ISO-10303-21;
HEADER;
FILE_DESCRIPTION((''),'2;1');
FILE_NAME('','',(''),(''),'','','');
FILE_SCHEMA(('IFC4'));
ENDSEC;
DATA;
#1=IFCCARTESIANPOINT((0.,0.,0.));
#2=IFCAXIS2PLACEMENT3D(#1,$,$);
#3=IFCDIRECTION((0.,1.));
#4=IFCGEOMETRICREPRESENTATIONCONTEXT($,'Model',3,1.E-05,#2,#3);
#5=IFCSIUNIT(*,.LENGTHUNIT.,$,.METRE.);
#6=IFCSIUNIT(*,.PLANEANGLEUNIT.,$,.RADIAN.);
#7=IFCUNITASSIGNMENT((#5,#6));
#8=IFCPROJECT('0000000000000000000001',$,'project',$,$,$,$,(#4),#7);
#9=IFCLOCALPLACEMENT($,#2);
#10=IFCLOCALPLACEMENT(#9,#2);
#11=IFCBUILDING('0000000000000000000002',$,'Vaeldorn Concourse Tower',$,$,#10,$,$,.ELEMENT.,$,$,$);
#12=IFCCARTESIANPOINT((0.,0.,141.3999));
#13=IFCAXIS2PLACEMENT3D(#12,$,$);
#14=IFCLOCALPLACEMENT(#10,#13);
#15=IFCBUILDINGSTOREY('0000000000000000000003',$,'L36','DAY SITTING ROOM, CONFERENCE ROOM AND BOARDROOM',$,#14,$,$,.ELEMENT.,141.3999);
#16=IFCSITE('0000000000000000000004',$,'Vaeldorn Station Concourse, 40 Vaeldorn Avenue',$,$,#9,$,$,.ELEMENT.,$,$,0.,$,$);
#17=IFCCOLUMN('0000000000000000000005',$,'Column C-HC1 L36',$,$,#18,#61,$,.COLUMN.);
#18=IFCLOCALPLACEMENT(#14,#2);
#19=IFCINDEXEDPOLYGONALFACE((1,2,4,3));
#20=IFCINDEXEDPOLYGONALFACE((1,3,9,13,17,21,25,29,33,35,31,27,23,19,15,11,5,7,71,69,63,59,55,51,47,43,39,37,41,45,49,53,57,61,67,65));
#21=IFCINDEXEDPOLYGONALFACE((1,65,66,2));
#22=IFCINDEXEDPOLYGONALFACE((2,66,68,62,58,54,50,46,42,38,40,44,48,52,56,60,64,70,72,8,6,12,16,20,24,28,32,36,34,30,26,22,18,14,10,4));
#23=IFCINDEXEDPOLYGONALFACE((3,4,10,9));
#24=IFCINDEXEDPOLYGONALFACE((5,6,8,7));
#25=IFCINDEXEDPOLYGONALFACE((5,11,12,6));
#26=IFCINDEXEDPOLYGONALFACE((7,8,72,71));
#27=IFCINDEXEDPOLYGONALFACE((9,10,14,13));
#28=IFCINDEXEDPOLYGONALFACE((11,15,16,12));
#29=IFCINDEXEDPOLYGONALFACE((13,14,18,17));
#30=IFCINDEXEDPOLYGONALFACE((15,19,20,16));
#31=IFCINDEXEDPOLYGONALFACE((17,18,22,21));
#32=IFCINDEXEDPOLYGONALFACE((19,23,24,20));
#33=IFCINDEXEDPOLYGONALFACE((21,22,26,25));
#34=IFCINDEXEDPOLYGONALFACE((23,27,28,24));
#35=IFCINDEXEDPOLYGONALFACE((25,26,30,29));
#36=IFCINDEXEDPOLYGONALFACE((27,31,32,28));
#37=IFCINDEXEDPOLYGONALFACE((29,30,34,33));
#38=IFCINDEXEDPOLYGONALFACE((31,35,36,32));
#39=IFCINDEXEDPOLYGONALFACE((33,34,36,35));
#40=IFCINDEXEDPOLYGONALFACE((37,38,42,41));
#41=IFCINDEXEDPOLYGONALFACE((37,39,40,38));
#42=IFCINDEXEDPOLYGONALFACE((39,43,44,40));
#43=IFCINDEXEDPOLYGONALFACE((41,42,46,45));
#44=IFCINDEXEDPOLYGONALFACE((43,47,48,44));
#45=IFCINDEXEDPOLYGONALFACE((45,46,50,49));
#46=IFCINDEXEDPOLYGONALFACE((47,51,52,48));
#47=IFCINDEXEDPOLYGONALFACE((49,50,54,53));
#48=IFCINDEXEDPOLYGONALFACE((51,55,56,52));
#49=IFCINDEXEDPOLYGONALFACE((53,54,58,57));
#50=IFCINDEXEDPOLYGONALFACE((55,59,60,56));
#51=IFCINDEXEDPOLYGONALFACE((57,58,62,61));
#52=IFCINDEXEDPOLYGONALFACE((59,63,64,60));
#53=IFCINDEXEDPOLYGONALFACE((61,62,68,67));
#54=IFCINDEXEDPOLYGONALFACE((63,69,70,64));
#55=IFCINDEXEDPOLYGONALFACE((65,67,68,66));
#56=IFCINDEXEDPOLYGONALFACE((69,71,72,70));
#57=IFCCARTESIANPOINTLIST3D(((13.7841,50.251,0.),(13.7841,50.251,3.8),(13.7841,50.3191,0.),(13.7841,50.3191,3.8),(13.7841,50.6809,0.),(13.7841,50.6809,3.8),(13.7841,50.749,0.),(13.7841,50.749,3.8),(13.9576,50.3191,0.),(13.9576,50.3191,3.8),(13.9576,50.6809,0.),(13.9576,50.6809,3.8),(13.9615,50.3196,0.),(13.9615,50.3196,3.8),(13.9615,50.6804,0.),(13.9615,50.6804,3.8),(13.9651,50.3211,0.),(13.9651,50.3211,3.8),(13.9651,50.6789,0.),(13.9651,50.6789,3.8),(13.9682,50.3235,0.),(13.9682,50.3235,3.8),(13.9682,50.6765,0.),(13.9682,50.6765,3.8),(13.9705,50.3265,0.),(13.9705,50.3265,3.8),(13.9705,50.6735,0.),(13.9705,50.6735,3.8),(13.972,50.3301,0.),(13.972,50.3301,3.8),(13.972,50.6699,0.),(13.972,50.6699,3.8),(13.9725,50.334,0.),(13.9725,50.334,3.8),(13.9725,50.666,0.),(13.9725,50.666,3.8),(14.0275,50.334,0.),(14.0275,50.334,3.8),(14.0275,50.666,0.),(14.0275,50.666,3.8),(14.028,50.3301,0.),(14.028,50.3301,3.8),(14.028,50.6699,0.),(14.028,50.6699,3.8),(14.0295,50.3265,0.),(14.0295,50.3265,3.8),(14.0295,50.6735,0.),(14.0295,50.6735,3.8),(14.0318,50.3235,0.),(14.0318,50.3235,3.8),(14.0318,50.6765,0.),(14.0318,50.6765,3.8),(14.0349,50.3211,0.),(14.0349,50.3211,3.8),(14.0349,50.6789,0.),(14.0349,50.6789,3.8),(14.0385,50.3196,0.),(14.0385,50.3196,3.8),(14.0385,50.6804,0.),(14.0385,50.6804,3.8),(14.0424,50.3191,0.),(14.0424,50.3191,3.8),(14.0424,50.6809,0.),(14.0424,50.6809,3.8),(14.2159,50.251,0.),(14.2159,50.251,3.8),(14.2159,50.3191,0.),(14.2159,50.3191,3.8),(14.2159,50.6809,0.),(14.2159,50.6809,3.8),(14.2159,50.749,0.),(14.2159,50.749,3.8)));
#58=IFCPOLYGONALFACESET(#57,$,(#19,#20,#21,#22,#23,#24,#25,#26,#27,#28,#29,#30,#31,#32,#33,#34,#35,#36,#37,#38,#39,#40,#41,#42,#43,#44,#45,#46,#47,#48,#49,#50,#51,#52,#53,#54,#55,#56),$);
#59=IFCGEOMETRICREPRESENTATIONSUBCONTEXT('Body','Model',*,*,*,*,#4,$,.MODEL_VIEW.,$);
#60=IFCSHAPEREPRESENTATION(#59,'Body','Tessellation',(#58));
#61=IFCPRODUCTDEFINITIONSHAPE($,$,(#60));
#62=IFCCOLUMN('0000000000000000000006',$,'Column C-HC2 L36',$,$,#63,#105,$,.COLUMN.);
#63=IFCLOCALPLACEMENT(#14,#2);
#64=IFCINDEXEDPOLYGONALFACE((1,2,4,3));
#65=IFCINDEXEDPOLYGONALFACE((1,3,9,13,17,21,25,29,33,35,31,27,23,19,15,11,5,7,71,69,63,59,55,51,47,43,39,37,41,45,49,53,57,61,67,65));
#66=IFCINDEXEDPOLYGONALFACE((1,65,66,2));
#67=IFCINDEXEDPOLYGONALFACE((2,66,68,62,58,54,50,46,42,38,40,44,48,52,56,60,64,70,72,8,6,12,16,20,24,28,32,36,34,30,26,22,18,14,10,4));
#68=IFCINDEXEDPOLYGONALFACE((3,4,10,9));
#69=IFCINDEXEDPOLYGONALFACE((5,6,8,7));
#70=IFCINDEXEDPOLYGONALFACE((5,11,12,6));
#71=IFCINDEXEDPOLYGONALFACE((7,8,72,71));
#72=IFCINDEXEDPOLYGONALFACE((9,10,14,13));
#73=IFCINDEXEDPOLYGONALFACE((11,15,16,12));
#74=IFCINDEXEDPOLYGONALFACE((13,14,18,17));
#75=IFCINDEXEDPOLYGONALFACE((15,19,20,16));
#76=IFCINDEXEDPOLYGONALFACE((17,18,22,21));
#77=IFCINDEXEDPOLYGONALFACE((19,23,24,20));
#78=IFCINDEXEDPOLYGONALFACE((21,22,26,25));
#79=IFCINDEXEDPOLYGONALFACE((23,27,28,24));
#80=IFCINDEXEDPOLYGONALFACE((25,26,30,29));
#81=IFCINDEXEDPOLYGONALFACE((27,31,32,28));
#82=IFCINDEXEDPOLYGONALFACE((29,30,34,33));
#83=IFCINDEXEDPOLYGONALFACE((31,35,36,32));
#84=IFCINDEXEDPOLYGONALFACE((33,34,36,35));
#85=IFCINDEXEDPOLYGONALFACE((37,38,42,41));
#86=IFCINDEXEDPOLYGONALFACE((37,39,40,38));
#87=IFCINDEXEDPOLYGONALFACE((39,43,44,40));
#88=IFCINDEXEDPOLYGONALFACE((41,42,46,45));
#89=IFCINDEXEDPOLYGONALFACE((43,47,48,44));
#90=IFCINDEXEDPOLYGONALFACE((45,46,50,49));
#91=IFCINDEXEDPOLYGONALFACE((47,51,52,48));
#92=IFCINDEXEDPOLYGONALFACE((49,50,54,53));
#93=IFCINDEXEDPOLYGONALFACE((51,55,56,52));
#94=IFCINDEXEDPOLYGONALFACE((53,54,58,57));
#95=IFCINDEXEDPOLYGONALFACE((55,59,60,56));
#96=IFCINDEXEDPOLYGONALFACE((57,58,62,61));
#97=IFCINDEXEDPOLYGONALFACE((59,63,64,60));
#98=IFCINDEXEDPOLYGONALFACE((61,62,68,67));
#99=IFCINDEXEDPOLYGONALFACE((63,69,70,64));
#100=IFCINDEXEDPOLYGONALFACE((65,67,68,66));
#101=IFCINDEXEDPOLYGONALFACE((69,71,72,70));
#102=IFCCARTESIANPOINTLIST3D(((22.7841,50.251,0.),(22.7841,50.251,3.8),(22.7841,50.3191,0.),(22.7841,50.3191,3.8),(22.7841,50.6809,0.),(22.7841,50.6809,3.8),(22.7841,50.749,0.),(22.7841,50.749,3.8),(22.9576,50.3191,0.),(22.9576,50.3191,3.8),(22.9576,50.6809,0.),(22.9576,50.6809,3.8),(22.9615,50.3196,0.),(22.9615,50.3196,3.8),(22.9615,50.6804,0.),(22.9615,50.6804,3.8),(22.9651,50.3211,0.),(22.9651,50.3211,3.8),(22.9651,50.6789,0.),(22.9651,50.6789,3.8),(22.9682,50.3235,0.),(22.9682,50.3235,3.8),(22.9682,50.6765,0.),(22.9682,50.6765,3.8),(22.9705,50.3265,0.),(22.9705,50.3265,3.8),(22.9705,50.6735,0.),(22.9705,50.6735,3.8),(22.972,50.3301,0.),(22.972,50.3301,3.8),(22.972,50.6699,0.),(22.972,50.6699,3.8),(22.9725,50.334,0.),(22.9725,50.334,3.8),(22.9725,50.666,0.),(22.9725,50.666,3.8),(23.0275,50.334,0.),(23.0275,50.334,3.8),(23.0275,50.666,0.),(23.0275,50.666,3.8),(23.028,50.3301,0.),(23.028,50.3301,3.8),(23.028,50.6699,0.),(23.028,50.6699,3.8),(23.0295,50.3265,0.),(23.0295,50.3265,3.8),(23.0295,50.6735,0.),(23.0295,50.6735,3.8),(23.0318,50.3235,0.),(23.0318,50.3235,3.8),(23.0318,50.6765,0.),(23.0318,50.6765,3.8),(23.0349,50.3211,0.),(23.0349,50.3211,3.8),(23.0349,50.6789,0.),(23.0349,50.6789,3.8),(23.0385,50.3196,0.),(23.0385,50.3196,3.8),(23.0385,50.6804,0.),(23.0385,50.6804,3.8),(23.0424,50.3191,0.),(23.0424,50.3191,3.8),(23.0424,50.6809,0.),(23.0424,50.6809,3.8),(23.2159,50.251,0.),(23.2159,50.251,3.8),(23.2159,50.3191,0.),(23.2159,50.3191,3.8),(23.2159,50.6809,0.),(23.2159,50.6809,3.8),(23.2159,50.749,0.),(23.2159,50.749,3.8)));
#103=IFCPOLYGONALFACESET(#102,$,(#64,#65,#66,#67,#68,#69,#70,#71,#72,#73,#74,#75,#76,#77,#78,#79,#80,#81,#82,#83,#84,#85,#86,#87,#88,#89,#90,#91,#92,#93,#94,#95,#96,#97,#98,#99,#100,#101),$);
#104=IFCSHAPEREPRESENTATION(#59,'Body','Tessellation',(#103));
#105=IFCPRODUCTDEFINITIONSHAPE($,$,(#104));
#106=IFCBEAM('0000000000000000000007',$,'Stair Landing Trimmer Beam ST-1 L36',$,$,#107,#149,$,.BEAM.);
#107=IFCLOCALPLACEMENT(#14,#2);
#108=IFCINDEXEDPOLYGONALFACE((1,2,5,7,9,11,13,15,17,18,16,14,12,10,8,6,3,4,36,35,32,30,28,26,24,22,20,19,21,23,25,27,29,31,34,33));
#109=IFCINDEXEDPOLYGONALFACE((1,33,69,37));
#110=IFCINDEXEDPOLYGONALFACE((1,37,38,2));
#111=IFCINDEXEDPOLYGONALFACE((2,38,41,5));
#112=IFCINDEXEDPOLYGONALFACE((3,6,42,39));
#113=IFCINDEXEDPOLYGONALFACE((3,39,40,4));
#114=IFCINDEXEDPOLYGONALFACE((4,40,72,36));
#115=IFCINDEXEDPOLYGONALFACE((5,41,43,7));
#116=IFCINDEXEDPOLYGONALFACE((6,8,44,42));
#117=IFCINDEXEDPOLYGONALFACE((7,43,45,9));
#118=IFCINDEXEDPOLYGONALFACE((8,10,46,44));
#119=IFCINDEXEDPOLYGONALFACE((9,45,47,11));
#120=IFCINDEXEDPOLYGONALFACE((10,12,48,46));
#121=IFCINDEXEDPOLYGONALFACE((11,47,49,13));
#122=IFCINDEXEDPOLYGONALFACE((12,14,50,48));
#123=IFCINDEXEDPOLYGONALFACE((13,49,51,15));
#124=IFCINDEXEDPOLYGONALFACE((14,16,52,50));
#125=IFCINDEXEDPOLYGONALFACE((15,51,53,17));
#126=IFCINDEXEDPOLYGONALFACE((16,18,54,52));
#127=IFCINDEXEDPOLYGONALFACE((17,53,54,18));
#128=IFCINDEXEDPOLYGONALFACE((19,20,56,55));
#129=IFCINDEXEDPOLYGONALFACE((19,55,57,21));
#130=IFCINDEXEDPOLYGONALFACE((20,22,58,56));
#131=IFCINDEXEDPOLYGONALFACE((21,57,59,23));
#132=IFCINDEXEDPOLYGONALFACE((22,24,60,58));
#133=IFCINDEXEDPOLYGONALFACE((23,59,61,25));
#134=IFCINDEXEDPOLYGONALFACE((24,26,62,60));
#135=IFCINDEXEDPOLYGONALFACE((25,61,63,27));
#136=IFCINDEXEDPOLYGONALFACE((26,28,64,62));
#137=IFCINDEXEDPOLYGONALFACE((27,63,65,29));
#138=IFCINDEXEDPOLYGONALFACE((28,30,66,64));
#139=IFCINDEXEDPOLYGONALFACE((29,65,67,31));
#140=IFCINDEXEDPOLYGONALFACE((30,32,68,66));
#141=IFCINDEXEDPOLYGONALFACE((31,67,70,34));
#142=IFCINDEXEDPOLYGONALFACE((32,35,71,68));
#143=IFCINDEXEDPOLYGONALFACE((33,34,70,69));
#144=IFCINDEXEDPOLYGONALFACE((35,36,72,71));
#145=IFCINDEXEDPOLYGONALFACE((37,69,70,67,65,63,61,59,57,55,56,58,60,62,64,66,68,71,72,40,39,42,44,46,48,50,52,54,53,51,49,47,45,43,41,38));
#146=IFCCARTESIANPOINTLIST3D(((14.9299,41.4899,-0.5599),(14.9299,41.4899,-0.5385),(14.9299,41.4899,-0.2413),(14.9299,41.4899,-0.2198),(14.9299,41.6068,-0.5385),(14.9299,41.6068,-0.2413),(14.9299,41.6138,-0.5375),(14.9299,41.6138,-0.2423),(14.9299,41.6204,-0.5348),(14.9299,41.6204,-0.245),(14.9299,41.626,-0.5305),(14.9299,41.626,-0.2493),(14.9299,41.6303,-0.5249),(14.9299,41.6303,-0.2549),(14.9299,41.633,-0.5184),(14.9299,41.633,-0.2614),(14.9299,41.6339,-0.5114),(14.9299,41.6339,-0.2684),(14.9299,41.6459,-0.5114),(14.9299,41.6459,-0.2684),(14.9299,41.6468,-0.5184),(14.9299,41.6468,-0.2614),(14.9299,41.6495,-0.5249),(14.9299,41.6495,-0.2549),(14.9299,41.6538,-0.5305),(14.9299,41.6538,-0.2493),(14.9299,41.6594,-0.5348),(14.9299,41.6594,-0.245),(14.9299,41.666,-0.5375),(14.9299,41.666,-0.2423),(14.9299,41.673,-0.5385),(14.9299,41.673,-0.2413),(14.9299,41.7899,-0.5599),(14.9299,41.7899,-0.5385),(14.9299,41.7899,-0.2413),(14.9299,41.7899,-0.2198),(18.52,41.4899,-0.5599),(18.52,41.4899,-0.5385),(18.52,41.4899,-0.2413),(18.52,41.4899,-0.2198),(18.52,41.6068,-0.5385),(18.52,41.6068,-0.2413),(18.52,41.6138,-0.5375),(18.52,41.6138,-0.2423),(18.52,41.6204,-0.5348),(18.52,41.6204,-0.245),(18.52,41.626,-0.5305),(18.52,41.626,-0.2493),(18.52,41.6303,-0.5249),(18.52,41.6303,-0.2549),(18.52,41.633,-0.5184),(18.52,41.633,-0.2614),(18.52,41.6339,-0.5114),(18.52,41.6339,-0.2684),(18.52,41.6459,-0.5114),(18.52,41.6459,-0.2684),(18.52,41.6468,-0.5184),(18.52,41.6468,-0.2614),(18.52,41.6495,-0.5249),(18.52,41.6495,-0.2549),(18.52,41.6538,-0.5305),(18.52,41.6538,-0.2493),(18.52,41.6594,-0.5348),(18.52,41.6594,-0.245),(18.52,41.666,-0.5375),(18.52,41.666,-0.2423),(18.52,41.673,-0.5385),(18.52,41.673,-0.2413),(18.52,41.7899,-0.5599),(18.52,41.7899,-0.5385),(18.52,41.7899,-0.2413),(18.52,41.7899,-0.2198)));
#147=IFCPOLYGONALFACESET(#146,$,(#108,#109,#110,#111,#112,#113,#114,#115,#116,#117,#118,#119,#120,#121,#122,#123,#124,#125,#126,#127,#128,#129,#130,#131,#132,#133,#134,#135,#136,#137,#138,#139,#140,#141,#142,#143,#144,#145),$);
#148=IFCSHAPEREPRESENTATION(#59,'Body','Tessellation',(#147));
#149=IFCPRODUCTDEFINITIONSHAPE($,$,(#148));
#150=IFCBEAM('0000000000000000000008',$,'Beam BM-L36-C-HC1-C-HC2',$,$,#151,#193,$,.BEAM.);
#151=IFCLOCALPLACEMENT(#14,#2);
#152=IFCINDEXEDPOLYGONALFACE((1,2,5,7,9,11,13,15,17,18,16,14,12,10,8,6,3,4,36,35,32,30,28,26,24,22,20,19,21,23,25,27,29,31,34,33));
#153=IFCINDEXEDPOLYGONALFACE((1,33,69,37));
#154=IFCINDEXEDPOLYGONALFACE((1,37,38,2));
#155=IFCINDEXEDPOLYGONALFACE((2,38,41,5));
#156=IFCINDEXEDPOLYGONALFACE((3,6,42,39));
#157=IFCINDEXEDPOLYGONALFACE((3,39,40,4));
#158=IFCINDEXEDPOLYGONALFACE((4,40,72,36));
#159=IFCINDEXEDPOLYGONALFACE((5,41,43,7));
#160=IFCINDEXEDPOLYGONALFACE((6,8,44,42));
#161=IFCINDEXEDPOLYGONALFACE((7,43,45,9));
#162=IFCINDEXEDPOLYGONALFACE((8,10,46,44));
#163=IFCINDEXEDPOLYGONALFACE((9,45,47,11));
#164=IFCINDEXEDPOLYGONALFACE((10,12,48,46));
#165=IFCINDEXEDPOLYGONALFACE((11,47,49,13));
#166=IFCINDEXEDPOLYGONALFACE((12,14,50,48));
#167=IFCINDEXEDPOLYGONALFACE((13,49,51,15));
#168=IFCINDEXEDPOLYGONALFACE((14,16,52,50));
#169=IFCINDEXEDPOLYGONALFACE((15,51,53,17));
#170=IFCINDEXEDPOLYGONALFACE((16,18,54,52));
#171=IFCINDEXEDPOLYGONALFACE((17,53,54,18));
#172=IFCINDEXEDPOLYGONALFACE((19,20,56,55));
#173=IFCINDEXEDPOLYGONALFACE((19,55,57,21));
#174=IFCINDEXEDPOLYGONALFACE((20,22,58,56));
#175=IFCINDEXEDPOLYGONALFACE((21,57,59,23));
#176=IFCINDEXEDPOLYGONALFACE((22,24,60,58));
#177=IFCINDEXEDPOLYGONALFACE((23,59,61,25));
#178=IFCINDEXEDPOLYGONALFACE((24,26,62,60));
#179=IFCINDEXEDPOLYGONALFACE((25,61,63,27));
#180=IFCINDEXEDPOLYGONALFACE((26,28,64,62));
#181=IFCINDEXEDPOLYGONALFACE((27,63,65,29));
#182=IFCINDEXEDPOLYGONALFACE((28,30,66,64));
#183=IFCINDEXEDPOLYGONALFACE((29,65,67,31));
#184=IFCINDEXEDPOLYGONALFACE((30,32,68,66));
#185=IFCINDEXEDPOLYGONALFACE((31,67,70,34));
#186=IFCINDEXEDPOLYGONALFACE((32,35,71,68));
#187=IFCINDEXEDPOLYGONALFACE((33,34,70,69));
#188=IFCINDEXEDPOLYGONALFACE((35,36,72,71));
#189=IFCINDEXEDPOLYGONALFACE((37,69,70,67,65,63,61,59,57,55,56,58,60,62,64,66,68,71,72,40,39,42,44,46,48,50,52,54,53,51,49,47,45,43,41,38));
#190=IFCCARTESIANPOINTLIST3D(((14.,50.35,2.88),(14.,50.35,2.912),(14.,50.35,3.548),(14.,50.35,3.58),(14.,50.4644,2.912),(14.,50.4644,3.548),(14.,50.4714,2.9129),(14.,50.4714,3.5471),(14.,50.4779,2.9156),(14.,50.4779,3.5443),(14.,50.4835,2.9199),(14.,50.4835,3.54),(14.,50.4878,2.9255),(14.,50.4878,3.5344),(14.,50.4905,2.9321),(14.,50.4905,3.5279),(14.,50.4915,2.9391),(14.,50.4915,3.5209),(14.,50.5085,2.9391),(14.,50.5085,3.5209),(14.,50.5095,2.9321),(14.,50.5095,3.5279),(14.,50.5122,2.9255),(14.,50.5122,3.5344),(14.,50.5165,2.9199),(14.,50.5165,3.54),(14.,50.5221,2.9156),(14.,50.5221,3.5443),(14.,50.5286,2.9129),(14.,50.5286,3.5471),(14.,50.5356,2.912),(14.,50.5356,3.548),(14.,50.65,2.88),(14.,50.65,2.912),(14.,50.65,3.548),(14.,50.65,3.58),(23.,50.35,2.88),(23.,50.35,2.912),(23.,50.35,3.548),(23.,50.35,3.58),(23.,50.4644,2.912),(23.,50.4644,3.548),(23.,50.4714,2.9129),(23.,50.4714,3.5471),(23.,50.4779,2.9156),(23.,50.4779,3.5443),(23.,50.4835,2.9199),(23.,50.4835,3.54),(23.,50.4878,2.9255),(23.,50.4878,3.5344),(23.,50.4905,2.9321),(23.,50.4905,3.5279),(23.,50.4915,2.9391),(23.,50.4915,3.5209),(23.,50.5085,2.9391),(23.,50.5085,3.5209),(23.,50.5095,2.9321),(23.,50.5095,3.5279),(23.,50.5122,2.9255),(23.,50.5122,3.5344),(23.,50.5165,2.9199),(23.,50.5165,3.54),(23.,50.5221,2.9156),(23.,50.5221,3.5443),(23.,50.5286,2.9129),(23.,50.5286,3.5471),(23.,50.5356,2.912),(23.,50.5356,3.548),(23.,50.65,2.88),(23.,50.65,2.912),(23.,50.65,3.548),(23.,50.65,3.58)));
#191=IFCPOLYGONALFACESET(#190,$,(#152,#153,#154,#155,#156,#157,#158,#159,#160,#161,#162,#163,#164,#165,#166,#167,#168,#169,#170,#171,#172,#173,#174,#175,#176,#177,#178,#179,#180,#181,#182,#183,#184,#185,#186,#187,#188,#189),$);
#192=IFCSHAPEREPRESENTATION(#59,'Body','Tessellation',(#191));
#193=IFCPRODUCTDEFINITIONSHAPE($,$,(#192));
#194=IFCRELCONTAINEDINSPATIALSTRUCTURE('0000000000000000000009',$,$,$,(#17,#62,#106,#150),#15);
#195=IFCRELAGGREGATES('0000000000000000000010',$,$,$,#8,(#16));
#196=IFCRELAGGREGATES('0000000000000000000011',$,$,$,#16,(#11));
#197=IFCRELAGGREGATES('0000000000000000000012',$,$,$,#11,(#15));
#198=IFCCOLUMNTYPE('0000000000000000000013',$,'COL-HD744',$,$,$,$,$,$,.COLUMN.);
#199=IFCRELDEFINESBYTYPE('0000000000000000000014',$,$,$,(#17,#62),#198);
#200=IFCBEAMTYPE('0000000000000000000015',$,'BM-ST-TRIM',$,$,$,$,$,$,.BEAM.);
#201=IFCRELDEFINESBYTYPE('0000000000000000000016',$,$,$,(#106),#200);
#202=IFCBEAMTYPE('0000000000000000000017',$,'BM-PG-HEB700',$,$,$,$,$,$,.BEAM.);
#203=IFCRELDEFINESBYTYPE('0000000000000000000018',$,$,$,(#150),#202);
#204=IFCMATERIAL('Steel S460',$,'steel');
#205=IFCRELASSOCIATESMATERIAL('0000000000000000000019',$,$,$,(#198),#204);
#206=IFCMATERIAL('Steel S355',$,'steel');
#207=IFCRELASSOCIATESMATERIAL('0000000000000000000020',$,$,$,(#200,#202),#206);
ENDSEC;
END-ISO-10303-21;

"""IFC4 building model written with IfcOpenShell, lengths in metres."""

from ifc_helpers import new_model, si_unit, direction, frame, origin, origin_2d, place, context, subcontext, project, spatial, i_section, extrude, source, transform, mapped, material, material_profile, profile_set, type_object, element, save


model = new_model("IFC4")

# Units and contexts
model_context = context("Model", 3, precision=1e-05, world=origin(), true_north=direction((0.0, 1.0)))
body_context = subcontext(model_context, "Body", "Model", "MODEL_VIEW")
ifc_project = project(units=[si_unit("LENGTHUNIT", "METRE"), si_unit("PLANEANGLEUNIT", "RADIAN")], contexts=[model_context])

# Site, building, storey
site_placement = place(None, origin())
site = spatial("IfcSite", under=ifc_project, at=site_placement, Name="Vaeldorn Station Concourse, 40 Vaeldorn Avenue", CompositionType="ELEMENT", RefElevation=0.0)
building_placement = place(site_placement, origin())
building = spatial("IfcBuilding", under=site, at=building_placement, Name="Vaeldorn Concourse Tower", CompositionType="ELEMENT")
storey_placement = place(building_placement, frame((0.0, 0.0, 141.3999)))
storey = spatial("IfcBuildingStorey", under=building, at=storey_placement, Name="L36", Description="DAY SITTING ROOM, CONFERENCE ROOM AND BOARDROOM", CompositionType="ELEMENT", Elevation=141.3999)

# Columns
ifc_material_1 = material(Name="Steel S460", Category="steel")
ifc_material_profile_1 = material_profile(ifc_material_1, i_section(OverallWidth=0.4319, OverallDepth=0.498, WebThickness=0.0549, FlangeThickness=0.0681, FilletRadius=0.0149, at=origin_2d()), Name="HD 400x744")
ifc_profile_set_1 = profile_set([ifc_material_profile_1], Name="Steel S460")
column_type = type_object("IfcColumnType", Name="COL-HD744", PredefinedType="COLUMN", material=ifc_profile_set_1)
shared_shape_1 = source(origin(), body_context, "Body", "SweptSolid", [
    extrude(i_section(OverallWidth=0.4319, OverallDepth=0.498, WebThickness=0.0549, FlangeThickness=0.0681, FilletRadius=0.0149, at=origin_2d()), origin(), (0.0, 0.0, 1.0), 3.8),
])
for number, where, z_axis, x_axis, name in (
    (1, (14.0, 50.5, 0.0), (0.0, 0.0, 1.0), (1.0, 0.0, 0.0), "Column C-HC1 L36"),
    (2, (23.0, 50.5, 0.0), (0.0, 0.0, 1.0), (1.0, 0.0, 0.0), "Column C-HC2 L36"),
):
    element("IfcColumn", number, at=place(storey_placement, frame(where, z_axis=z_axis, x_axis=x_axis)), inside=storey, type_object=column_type, Name=name, PredefinedType="COLUMN", context=body_context, shape_type="MappedRepresentation", body=[
        mapped(shared_shape_1, transform((0.0, 0.0, 0.0), scale=1.0)),
    ])

# Beams
ifc_material_2 = material(Name="Steel S355", Category="steel")
ifc_material_profile_2 = material_profile(ifc_material_2, i_section(OverallWidth=0.3, OverallDepth=0.3401, WebThickness=0.012, FlangeThickness=0.0215, FilletRadius=0.0271, at=origin_2d()), Name="HEB 340")
ifc_profile_set_2 = profile_set([ifc_material_profile_2], Name="Steel S355")
beam_type_1 = type_object("IfcBeamType", Name="BM-ST-TRIM", PredefinedType="BEAM", material=ifc_profile_set_2)
shared_shape_2 = source(origin(), body_context, "Body", "SweptSolid", [
    extrude(i_section(OverallWidth=0.3, OverallDepth=0.3401, WebThickness=0.012, FlangeThickness=0.0215, FilletRadius=0.0271, at=origin_2d()), origin(), (0.0, 0.0, 1.0), 3.5901),
])
beam_1_placement = place(storey_placement, frame((14.9299, 41.6399, -0.3899), z_axis=(1.0, 0.0, 0.0), x_axis=(0.0, 1.0, 0.0)))
element("IfcBeam", 3, at=beam_1_placement, inside=storey, type_object=beam_type_1, Name="Stair Landing Trimmer Beam ST-1 L36", PredefinedType="BEAM", context=body_context, shape_type="MappedRepresentation", body=[
    mapped(shared_shape_2, transform((0.0, 0.0, 0.0), scale=1.0)),
])
ifc_material_profile_3 = material_profile(ifc_material_2, i_section(OverallWidth=0.3, OverallDepth=0.7, WebThickness=0.0171, FlangeThickness=0.032, FilletRadius=0.0271, at=origin_2d()), Name="HEB 700")
ifc_profile_set_3 = profile_set([ifc_material_profile_3], Name="Steel S355")
beam_type_2 = type_object("IfcBeamType", Name="BM-PG-HEB700", PredefinedType="BEAM", material=ifc_profile_set_3)
shared_shape_3 = source(origin(), body_context, "Body", "SweptSolid", [
    extrude(i_section(OverallWidth=0.3, OverallDepth=0.7, WebThickness=0.0171, FlangeThickness=0.032, FilletRadius=0.0271, at=origin_2d()), origin(), (0.0, 0.0, 1.0), 9.0),
])
beam_2_placement = place(storey_placement, frame((14.0, 50.5, 3.23), z_axis=(1.0, 0.0, 0.0), x_axis=(0.0, 1.0, 0.0)))
element("IfcBeam", 4, at=beam_2_placement, inside=storey, type_object=beam_type_2, Name="Beam BM-L36-C-HC1-C-HC2", PredefinedType="BEAM", context=body_context, shape_type="MappedRepresentation", body=[
    mapped(shared_shape_3, transform((0.0, 0.0, 0.0), scale=1.0)),
])

save(model, "model.ifc")
